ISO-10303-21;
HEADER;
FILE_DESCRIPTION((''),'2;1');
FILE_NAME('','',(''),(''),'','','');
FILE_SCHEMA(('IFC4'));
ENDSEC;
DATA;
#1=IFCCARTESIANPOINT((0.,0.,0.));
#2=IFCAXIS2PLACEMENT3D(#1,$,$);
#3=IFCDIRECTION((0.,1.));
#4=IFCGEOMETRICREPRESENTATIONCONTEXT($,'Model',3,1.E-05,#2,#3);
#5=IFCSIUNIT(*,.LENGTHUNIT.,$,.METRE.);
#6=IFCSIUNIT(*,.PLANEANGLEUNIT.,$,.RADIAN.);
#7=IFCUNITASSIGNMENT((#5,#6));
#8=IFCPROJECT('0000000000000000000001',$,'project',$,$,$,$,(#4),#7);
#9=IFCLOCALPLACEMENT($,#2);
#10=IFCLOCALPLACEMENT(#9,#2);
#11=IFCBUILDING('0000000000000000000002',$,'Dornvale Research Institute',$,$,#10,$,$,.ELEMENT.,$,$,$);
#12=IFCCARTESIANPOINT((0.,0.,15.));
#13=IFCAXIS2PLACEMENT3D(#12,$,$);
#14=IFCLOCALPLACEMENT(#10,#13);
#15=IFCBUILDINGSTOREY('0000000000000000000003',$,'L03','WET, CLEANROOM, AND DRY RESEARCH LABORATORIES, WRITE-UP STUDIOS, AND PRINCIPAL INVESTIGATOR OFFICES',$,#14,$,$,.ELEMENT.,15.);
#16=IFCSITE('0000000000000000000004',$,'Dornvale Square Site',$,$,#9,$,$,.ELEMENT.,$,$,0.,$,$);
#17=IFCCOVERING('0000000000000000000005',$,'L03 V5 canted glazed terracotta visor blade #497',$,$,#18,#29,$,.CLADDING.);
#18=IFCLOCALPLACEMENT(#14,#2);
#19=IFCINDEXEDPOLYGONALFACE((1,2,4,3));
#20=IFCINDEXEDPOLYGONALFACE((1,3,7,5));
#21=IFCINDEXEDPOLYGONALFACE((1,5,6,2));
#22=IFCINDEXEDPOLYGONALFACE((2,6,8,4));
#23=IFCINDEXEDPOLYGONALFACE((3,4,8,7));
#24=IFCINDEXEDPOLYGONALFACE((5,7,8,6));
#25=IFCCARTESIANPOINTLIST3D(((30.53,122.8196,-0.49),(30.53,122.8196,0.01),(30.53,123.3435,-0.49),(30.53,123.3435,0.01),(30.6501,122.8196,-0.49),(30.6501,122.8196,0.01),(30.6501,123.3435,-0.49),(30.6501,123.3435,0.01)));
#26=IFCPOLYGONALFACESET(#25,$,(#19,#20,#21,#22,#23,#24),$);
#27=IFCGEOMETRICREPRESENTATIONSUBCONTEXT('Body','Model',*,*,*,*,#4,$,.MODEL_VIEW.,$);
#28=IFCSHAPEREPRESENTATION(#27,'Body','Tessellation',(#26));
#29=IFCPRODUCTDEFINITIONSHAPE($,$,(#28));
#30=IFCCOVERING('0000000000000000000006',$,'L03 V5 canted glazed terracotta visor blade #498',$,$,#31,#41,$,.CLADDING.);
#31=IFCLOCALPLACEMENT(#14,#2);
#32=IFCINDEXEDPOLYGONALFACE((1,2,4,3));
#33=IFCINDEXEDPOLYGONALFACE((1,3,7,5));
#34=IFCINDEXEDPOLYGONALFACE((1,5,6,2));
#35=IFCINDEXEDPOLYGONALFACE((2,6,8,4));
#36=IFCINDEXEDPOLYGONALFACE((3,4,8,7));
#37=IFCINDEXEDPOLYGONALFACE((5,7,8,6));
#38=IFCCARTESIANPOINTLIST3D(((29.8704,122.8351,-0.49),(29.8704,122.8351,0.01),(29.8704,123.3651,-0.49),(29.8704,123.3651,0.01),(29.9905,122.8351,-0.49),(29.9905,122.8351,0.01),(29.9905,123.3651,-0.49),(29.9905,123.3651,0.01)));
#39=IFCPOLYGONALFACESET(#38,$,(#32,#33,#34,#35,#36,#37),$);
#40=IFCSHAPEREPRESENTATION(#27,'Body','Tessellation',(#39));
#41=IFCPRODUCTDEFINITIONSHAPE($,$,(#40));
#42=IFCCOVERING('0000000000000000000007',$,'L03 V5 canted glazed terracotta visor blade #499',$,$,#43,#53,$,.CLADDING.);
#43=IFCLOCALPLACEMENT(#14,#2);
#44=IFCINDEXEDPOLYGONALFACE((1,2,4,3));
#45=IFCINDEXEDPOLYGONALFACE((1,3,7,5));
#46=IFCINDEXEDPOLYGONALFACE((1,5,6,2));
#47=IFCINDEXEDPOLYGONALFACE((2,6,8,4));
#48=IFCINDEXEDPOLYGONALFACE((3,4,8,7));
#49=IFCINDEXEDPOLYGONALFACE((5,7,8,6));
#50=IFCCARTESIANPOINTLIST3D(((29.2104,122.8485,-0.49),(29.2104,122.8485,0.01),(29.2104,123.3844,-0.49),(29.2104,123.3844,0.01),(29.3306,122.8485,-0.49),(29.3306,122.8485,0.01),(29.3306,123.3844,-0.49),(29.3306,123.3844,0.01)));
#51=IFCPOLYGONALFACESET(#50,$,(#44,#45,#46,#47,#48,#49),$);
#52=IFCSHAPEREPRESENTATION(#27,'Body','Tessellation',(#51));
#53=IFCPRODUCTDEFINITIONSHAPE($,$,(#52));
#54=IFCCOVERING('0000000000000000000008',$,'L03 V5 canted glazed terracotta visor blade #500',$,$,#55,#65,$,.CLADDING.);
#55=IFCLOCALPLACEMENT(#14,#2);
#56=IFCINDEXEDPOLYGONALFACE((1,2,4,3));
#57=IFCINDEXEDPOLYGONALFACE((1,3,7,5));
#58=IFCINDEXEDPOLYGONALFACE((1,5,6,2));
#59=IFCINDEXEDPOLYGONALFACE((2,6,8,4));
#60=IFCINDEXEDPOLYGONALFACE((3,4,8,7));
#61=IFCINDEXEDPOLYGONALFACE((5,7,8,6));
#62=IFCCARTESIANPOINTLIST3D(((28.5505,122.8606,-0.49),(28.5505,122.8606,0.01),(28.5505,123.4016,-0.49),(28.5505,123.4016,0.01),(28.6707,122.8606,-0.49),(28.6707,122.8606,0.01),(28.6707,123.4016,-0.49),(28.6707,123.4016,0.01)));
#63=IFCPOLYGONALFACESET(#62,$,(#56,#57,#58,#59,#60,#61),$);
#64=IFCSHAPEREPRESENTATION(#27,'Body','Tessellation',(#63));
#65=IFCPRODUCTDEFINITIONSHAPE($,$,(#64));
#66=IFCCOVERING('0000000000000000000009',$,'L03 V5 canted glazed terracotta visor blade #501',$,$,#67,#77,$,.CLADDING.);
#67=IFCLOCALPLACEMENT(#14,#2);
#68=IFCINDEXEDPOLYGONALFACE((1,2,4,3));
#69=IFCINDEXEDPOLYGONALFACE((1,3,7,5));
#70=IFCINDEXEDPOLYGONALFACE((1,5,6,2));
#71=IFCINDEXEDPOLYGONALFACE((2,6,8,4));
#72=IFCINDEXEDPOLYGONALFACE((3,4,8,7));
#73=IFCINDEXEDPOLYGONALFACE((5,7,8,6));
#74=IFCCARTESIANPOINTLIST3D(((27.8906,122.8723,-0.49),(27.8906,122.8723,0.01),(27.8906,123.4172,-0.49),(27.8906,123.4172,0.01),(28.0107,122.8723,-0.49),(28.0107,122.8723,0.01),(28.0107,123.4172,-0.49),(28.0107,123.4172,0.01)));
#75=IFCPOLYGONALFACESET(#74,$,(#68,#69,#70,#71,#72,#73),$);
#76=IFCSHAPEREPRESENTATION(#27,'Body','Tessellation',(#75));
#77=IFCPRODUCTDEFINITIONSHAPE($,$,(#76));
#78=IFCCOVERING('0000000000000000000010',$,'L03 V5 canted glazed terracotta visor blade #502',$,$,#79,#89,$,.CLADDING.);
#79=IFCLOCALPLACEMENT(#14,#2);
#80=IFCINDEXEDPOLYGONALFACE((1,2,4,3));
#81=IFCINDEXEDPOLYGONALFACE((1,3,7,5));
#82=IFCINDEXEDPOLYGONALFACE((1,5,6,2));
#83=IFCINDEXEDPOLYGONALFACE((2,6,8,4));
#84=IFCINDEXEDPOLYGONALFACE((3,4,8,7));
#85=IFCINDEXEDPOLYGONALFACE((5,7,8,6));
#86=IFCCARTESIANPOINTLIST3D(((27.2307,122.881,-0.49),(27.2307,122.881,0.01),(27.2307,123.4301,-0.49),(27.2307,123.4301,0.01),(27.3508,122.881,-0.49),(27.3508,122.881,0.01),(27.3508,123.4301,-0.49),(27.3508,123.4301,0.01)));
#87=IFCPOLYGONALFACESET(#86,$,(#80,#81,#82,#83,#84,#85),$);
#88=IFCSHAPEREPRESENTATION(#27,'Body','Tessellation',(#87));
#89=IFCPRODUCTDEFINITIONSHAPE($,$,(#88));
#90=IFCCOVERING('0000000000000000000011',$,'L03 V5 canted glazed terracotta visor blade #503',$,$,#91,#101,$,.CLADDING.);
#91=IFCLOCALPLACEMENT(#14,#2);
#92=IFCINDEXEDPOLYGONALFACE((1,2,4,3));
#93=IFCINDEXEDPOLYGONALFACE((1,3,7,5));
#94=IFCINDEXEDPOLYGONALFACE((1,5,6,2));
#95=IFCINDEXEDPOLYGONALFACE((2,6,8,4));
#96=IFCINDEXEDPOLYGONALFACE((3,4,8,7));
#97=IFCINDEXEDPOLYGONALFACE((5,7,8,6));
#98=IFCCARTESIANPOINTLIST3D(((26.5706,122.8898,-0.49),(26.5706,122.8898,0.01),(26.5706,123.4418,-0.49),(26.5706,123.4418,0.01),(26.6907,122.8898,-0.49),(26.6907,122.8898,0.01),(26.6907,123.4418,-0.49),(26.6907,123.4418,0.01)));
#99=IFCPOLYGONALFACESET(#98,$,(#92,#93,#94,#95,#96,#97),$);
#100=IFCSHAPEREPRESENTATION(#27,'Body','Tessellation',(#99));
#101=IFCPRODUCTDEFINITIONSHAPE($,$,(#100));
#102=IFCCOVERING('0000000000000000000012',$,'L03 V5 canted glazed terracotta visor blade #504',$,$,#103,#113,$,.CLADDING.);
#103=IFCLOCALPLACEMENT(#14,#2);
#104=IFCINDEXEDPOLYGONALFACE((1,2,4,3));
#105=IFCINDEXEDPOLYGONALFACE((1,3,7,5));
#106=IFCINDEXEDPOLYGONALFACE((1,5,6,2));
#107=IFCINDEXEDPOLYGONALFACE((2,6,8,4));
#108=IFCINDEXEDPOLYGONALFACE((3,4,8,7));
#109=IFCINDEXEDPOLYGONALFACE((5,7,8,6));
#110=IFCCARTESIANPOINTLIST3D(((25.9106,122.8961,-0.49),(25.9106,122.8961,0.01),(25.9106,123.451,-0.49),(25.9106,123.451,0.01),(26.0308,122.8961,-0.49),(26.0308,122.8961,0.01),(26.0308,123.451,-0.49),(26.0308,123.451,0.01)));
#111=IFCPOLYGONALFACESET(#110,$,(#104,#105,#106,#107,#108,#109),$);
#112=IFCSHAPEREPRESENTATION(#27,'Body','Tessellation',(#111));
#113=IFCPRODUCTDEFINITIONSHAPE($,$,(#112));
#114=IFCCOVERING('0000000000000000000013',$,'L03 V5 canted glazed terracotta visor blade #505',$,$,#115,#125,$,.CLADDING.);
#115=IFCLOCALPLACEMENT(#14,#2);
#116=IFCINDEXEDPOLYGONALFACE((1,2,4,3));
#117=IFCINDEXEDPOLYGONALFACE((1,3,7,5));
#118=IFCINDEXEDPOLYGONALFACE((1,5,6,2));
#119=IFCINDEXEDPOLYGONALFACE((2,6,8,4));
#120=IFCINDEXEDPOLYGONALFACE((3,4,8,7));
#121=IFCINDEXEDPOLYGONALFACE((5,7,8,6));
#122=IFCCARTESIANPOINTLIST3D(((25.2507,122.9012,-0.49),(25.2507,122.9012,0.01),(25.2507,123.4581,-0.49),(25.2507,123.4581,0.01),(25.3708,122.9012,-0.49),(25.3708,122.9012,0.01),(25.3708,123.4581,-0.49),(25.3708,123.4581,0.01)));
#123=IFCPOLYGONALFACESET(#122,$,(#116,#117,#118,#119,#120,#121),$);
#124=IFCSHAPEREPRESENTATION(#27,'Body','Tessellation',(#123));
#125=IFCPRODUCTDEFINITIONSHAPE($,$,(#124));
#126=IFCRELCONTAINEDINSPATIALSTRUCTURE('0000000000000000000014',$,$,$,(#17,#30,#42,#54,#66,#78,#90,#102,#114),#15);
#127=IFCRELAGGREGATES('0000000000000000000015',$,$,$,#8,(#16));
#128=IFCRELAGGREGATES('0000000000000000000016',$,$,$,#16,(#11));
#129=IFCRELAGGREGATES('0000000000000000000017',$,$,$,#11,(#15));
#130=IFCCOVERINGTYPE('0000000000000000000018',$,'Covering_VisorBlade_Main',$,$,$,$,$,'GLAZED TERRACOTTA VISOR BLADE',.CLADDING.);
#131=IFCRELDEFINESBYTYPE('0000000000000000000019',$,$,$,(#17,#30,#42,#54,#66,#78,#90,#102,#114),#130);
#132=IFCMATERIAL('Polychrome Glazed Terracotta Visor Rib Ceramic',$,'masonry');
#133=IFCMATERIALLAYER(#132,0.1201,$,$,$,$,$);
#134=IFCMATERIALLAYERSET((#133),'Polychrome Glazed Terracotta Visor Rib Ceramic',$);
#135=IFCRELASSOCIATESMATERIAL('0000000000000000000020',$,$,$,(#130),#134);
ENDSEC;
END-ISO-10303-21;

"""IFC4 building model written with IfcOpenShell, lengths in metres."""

from ifc_helpers import new_model, si_unit, direction, frame, origin, origin_2d, place, context, subcontext, project, spatial, rectangle, extrude, material, layer, layer_set, type_object, element, save


model = new_model("IFC4")

# Units and contexts
model_context = context("Model", 3, precision=1e-05, world=origin(), true_north=direction((0.0, 1.0)))
body_context = subcontext(model_context, "Body", "Model", "MODEL_VIEW")
ifc_project = project(units=[si_unit("LENGTHUNIT", "METRE"), si_unit("PLANEANGLEUNIT", "RADIAN")], contexts=[model_context])

# Site, building, storey
site_placement = place(None, origin())
site = spatial("IfcSite", under=ifc_project, at=site_placement, Name="Dornvale Square Site", CompositionType="ELEMENT", RefElevation=0.0)
building_placement = place(site_placement, origin())
building = spatial("IfcBuilding", under=site, at=building_placement, Name="Dornvale Research Institute", CompositionType="ELEMENT")
storey_placement = place(building_placement, frame((0.0, 0.0, 15.0)))
storey = spatial("IfcBuildingStorey", under=building, at=storey_placement, Name="L03", Description="WET, CLEANROOM, AND DRY RESEARCH LABORATORIES, WRITE-UP STUDIOS, AND PRINCIPAL INVESTIGATOR OFFICES", CompositionType="ELEMENT", Elevation=15.0)

# Coverings
ifc_material_1 = material(Name="Polychrome Glazed Terracotta Visor Rib Ceramic", Category="masonry")
ifc_layer_1 = layer(ifc_material_1, 0.1201)
ifc_layer_set_1 = layer_set([ifc_layer_1], Name="Polychrome Glazed Terracotta Visor Rib Ceramic")
covering_type = type_object("IfcCoveringType", Name="Covering_VisorBlade_Main", ElementType="GLAZED TERRACOTTA VISOR BLADE", PredefinedType="CLADDING", material=ifc_layer_set_1)
covering_1_placement = place(storey_placement, frame((30.5901, 123.0815, -0.49), z_axis=(0.0, 0.0, 1.0), x_axis=(0.0, 1.0, 0.0)))
element("IfcCovering", 1, at=covering_1_placement, inside=storey, type_object=covering_type, Name="L03 V5 canted glazed terracotta visor blade #497", PredefinedType="CLADDING", context=body_context, shape_type="SweptSolid", body=[
    extrude(rectangle(XDim=0.5239, YDim=0.1201, at=origin_2d()), origin(), (0.0, 0.0, 1.0), 0.5),
])
covering_2_placement = place(storey_placement, frame((29.9304, 123.1001, -0.49), z_axis=(0.0, 0.0, 1.0), x_axis=(0.0, 1.0, 0.0)))
element("IfcCovering", 2, at=covering_2_placement, inside=storey, type_object=covering_type, Name="L03 V5 canted glazed terracotta visor blade #498", PredefinedType="CLADDING", context=body_context, shape_type="SweptSolid", body=[
    extrude(rectangle(XDim=0.53, YDim=0.1201, at=origin_2d()), origin(), (0.0, 0.0, 1.0), 0.5),
])
covering_3_placement = place(storey_placement, frame((29.2705, 123.1165, -0.49), z_axis=(0.0, 0.0, 1.0), x_axis=(0.0, 1.0, 0.0)))
element("IfcCovering", 3, at=covering_3_placement, inside=storey, type_object=covering_type, Name="L03 V5 canted glazed terracotta visor blade #499", PredefinedType="CLADDING", context=body_context, shape_type="SweptSolid", body=[
    extrude(rectangle(XDim=0.5359, YDim=0.1201, at=origin_2d()), origin(), (0.0, 0.0, 1.0), 0.5),
])
covering_4_placement = place(storey_placement, frame((28.6106, 123.1311, -0.49), z_axis=(0.0, 0.0, 1.0), x_axis=(0.0, 1.0, 0.0)))
element("IfcCovering", 4, at=covering_4_placement, inside=storey, type_object=covering_type, Name="L03 V5 canted glazed terracotta visor blade #500", PredefinedType="CLADDING", context=body_context, shape_type="SweptSolid", body=[
    extrude(rectangle(XDim=0.541, YDim=0.1201, at=origin_2d()), origin(), (0.0, 0.0, 1.0), 0.5),
])
covering_5_placement = place(storey_placement, frame((27.9507, 123.1448, -0.49), z_axis=(0.0, 0.0, 1.0), x_axis=(0.0, 1.0, 0.0)))
element("IfcCovering", 5, at=covering_5_placement, inside=storey, type_object=covering_type, Name="L03 V5 canted glazed terracotta visor blade #501", PredefinedType="CLADDING", context=body_context, shape_type="SweptSolid", body=[
    extrude(rectangle(XDim=0.5449, YDim=0.1201, at=origin_2d()), origin(), (0.0, 0.0, 1.0), 0.5),
])
covering_6_placement = place(storey_placement, frame((27.2908, 123.1555, -0.49), z_axis=(0.0, 0.0, 1.0), x_axis=(0.0, 1.0, 0.0)))
element("IfcCovering", 6, at=covering_6_placement, inside=storey, type_object=covering_type, Name="L03 V5 canted glazed terracotta visor blade #502", PredefinedType="CLADDING", context=body_context, shape_type="SweptSolid", body=[
    extrude(rectangle(XDim=0.5491, YDim=0.1201, at=origin_2d()), origin(), (0.0, 0.0, 1.0), 0.5),
])
covering_7_placement = place(storey_placement, frame((26.6306, 123.1658, -0.49), z_axis=(0.0, 0.0, 1.0), x_axis=(0.0, 1.0, 0.0)))
element("IfcCovering", 7, at=covering_7_placement, inside=storey, type_object=covering_type, Name="L03 V5 canted glazed terracotta visor blade #503", PredefinedType="CLADDING", context=body_context, shape_type="SweptSolid", body=[
    extrude(rectangle(XDim=0.552, YDim=0.1201, at=origin_2d()), origin(), (0.0, 0.0, 1.0), 0.5),
])
covering_8_placement = place(storey_placement, frame((25.9707, 123.1736, -0.49), z_axis=(0.0, 0.0, 1.0), x_axis=(0.0, 1.0, 0.0)))
element("IfcCovering", 8, at=covering_8_placement, inside=storey, type_object=covering_type, Name="L03 V5 canted glazed terracotta visor blade #504", PredefinedType="CLADDING", context=body_context, shape_type="SweptSolid", body=[
    extrude(rectangle(XDim=0.5549, YDim=0.1201, at=origin_2d()), origin(), (0.0, 0.0, 1.0), 0.5),
])
covering_9_placement = place(storey_placement, frame((25.3108, 123.1797, -0.49), z_axis=(0.0, 0.0, 1.0), x_axis=(0.0, 1.0, 0.0)))
element("IfcCovering", 9, at=covering_9_placement, inside=storey, type_object=covering_type, Name="L03 V5 canted glazed terracotta visor blade #505", PredefinedType="CLADDING", context=body_context, shape_type="SweptSolid", body=[
    extrude(rectangle(XDim=0.5569, YDim=0.1201, at=origin_2d()), origin(), (0.0, 0.0, 1.0), 0.5),
])

save(model, "model.ifc")
